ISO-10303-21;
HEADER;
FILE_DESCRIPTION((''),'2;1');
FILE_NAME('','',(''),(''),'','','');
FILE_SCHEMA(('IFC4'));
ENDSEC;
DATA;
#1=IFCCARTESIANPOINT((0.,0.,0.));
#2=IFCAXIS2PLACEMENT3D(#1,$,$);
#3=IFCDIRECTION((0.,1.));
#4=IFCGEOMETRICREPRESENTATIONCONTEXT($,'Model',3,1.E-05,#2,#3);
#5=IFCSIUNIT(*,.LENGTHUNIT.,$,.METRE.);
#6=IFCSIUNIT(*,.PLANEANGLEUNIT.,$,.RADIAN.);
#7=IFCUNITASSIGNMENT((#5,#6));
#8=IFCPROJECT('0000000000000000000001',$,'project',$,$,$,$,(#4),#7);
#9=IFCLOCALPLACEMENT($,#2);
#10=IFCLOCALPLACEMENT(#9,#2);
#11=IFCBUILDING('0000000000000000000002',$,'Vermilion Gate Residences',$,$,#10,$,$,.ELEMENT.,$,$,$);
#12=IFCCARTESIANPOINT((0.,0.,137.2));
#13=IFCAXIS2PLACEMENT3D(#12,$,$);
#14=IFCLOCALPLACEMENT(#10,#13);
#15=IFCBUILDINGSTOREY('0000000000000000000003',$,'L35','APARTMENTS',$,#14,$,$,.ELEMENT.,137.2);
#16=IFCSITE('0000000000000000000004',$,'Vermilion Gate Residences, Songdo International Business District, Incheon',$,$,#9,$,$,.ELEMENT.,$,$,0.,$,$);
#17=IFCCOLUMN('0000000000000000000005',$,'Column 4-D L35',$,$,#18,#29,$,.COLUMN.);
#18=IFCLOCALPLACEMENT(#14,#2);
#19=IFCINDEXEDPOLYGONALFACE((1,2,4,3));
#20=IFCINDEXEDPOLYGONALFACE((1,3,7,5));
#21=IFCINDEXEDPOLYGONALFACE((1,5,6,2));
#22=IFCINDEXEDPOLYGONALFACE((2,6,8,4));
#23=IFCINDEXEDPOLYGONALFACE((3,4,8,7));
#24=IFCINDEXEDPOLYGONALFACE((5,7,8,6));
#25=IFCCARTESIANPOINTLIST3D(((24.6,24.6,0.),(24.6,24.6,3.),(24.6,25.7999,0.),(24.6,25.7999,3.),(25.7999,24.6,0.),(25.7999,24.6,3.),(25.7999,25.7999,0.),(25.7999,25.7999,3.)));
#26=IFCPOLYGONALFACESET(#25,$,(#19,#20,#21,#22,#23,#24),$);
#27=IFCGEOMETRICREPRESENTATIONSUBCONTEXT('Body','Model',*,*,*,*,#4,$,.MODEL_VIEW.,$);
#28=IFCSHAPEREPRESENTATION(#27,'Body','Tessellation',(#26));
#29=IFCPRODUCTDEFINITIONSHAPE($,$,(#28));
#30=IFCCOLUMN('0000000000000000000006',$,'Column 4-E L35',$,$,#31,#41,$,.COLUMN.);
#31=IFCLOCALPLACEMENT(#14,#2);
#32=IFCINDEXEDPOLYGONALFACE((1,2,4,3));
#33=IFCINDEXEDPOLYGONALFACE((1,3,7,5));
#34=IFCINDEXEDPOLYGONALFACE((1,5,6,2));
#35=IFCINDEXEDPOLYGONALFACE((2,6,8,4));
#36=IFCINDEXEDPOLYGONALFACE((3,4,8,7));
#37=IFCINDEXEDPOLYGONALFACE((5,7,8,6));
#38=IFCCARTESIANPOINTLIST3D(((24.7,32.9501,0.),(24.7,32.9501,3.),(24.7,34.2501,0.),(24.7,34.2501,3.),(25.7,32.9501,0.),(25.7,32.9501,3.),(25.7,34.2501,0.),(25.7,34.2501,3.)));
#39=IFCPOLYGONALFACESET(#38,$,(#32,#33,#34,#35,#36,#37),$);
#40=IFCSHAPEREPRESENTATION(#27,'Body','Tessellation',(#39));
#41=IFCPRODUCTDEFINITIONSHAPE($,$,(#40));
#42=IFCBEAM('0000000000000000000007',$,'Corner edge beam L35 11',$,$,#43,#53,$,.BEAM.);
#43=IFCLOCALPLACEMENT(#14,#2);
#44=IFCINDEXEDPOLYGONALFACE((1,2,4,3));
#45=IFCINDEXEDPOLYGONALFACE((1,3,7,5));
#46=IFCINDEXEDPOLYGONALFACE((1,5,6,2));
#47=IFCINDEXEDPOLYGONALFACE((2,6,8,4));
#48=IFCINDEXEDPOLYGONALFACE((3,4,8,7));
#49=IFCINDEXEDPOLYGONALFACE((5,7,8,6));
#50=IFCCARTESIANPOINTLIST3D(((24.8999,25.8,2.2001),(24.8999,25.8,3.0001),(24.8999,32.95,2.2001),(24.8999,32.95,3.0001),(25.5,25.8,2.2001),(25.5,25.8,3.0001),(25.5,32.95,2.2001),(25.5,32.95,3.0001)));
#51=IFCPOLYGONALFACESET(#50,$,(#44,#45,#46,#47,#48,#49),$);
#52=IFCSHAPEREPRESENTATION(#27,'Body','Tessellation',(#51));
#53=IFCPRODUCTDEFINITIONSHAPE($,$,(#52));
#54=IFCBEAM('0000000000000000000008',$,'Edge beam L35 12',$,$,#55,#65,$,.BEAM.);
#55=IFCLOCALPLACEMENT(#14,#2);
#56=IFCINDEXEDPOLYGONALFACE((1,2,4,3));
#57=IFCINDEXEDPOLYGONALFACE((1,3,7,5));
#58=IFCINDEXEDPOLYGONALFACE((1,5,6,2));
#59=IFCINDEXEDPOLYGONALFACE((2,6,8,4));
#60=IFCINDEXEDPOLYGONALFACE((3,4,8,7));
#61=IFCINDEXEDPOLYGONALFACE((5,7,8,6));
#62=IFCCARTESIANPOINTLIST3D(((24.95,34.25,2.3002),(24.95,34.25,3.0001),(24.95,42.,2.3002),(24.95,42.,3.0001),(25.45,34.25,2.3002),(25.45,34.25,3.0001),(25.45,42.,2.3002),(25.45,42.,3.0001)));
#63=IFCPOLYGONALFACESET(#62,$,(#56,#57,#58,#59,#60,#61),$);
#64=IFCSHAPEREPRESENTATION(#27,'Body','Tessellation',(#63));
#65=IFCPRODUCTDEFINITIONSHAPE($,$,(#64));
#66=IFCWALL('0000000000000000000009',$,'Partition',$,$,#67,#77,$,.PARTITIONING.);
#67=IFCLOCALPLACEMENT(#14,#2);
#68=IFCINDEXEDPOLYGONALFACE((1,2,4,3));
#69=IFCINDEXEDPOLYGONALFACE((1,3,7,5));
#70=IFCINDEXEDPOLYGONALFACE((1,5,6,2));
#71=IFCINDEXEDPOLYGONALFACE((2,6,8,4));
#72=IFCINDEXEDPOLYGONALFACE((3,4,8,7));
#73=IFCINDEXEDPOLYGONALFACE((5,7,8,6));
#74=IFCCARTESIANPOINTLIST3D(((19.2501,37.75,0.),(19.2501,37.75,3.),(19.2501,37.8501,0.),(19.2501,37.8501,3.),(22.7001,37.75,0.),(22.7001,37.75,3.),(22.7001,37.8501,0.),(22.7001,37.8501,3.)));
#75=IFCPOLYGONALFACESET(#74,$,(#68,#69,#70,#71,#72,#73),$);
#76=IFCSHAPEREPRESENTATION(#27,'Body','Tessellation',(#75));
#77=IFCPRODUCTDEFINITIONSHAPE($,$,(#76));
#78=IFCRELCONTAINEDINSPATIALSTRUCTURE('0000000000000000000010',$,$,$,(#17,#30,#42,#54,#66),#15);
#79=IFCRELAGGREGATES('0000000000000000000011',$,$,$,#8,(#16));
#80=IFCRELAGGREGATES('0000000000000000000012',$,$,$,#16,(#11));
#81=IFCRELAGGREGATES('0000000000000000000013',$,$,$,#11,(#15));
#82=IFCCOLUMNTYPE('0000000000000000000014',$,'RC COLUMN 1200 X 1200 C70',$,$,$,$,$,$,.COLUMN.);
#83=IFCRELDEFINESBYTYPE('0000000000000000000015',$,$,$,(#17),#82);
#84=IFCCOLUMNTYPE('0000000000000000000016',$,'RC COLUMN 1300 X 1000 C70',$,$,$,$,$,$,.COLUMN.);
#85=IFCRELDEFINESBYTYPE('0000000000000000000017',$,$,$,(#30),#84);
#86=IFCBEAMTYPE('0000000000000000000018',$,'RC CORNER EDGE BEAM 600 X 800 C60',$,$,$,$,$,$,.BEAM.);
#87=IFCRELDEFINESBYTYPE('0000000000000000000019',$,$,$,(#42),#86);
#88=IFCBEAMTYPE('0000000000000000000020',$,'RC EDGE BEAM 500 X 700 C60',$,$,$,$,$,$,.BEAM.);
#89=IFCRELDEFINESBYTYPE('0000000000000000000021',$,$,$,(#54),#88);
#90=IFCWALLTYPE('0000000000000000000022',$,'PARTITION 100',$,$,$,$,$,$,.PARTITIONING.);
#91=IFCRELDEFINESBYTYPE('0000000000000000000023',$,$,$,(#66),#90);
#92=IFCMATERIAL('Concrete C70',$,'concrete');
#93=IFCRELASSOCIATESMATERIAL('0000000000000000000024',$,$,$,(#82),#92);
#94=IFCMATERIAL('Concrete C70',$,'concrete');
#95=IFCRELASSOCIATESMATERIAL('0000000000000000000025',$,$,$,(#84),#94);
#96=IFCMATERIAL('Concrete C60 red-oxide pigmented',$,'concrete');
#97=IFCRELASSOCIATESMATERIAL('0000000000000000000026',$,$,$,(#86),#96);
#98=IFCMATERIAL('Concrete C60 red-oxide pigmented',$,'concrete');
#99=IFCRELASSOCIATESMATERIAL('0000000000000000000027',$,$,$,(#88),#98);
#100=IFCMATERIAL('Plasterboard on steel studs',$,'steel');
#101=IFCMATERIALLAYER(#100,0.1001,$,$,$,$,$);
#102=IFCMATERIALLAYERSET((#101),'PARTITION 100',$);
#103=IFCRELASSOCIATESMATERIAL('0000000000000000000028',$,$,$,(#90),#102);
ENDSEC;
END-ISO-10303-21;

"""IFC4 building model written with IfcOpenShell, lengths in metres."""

from ifc_helpers import new_model, si_unit, direction, frame, frame_2d, origin, origin_2d, place, context, subcontext, project, spatial, rectangle, extrude, material, layer, layer_set, material_profile, profile_set, type_object, element, save


model = new_model("IFC4")

# Units and contexts
model_context = context("Model", 3, precision=1e-05, world=origin(), true_north=direction((0.0, 1.0)))
body_context = subcontext(model_context, "Body", "Model", "MODEL_VIEW")
ifc_project = project(units=[si_unit("LENGTHUNIT", "METRE"), si_unit("PLANEANGLEUNIT", "RADIAN")], contexts=[model_context])

# Site, building, storey
site_placement = place(None, origin())
site = spatial("IfcSite", under=ifc_project, at=site_placement, Name="Vermilion Gate Residences, Songdo International Business District, Incheon", CompositionType="ELEMENT", RefElevation=0.0)
building_placement = place(site_placement, origin())
building = spatial("IfcBuilding", under=site, at=building_placement, Name="Vermilion Gate Residences", CompositionType="ELEMENT")
storey_placement = place(building_placement, frame((0.0, 0.0, 137.2)))
storey = spatial("IfcBuildingStorey", under=building, at=storey_placement, Name="L35", Description="APARTMENTS", CompositionType="ELEMENT", Elevation=137.2)

# Columns
ifc_material_1 = material(Name="Concrete C70", Category="concrete")
ifc_material_profile_1 = material_profile(ifc_material_1, rectangle(XDim=1.2, YDim=1.2, at=origin_2d()), Name="RC-1200x1200")
ifc_profile_set_1 = profile_set([ifc_material_profile_1], Name="Concrete C70")
column_type_1 = type_object("IfcColumnType", Name="RC COLUMN 1200 X 1200 C70", PredefinedType="COLUMN", material=ifc_profile_set_1)
column_1_placement = place(storey_placement, frame((25.2, 25.2, 0.0), z_axis=(0.0, 0.0, 1.0), x_axis=(1.0, 0.0, 0.0)))
element("IfcColumn", 1, at=column_1_placement, inside=storey, type_object=column_type_1, Name="Column 4-D L35", PredefinedType="COLUMN", context=body_context, shape_type="SweptSolid", body=[
    extrude(rectangle(XDim=1.2, YDim=1.2, at=origin_2d()), origin(), (0.0, 0.0, 1.0), 3.0),
])
ifc_material_2 = material(Name="Concrete C70", Category="concrete")
ifc_material_profile_2 = material_profile(ifc_material_2, rectangle(XDim=1.3, YDim=1.0, at=origin_2d()), Name="RC-1300x1000")
ifc_profile_set_2 = profile_set([ifc_material_profile_2], Name="Concrete C70")
column_type_2 = type_object("IfcColumnType", Name="RC COLUMN 1300 X 1000 C70", PredefinedType="COLUMN", material=ifc_profile_set_2)
column_2_placement = place(storey_placement, frame((25.2, 33.6001, 0.0), z_axis=(0.0, 0.0, 1.0), x_axis=(0.0, 1.0, 0.0)))
element("IfcColumn", 2, at=column_2_placement, inside=storey, type_object=column_type_2, Name="Column 4-E L35", PredefinedType="COLUMN", context=body_context, shape_type="SweptSolid", body=[
    extrude(rectangle(XDim=1.3, YDim=1.0, at=origin_2d()), origin(), (0.0, 0.0, 1.0), 3.0),
])

# Beams
ifc_material_3 = material(Name="Concrete C60 red-oxide pigmented", Category="concrete")
ifc_material_profile_3 = material_profile(ifc_material_3, rectangle(XDim=0.6001, YDim=0.8, at=origin_2d()), Name="RC-600x800")
ifc_profile_set_3 = profile_set([ifc_material_profile_3], Name="Concrete C60 red-oxide pigmented")
beam_type_1 = type_object("IfcBeamType", Name="RC CORNER EDGE BEAM 600 X 800 C60", PredefinedType="BEAM", material=ifc_profile_set_3)
beam_1_placement = place(storey_placement, frame((25.2, 25.8, 2.6001), z_axis=(0.0, 1.0, 0.0), x_axis=(-1.0, 0.0, 0.0)))
element("IfcBeam", 3, at=beam_1_placement, inside=storey, type_object=beam_type_1, Name="Corner edge beam L35 11", PredefinedType="BEAM", context=body_context, shape_type="SweptSolid", body=[
    extrude(rectangle(XDim=0.6001, YDim=0.8, at=origin_2d()), origin(), (0.0, 0.0, 1.0), 7.1499),
])
ifc_material_4 = material(Name="Concrete C60 red-oxide pigmented", Category="concrete")
ifc_material_profile_4 = material_profile(ifc_material_4, rectangle(XDim=0.5, YDim=0.7, at=origin_2d()), Name="RC-500x700")
ifc_profile_set_4 = profile_set([ifc_material_profile_4], Name="Concrete C60 red-oxide pigmented")
beam_type_2 = type_object("IfcBeamType", Name="RC EDGE BEAM 500 X 700 C60", PredefinedType="BEAM", material=ifc_profile_set_4)
beam_2_placement = place(storey_placement, frame((25.2, 34.25, 2.6501), z_axis=(0.0, 1.0, 0.0), x_axis=(-1.0, 0.0, 0.0)))
element("IfcBeam", 4, at=beam_2_placement, inside=storey, type_object=beam_type_2, Name="Edge beam L35 12", PredefinedType="BEAM", context=body_context, shape_type="SweptSolid", body=[
    extrude(rectangle(XDim=0.5, YDim=0.7, at=origin_2d()), origin(), (0.0, 0.0, 1.0), 7.75),
])

# Wall
ifc_material_5 = material(Name="Plasterboard on steel studs", Category="steel")
ifc_layer_1 = layer(ifc_material_5, 0.1001)
ifc_layer_set_1 = layer_set([ifc_layer_1], Name="PARTITION 100")
wall_type = type_object("IfcWallType", Name="PARTITION 100", PredefinedType="PARTITIONING", material=ifc_layer_set_1)
wall_1_placement = place(storey_placement, frame((19.25, 37.8, 0.0), z_axis=(0.0, 0.0, 1.0), x_axis=(1.0, 0.0, 0.0)))
element("IfcWall", 5, at=wall_1_placement, inside=storey, type_object=wall_type, Name="Partition", PredefinedType="PARTITIONING", context=body_context, shape_type="SweptSolid", body=[
    extrude(rectangle(XDim=3.45, YDim=0.1001, at=frame_2d((1.7251, 0.0))), origin(), (0.0, 0.0, 1.0), 3.0),
])

save(model, "model.ifc")
